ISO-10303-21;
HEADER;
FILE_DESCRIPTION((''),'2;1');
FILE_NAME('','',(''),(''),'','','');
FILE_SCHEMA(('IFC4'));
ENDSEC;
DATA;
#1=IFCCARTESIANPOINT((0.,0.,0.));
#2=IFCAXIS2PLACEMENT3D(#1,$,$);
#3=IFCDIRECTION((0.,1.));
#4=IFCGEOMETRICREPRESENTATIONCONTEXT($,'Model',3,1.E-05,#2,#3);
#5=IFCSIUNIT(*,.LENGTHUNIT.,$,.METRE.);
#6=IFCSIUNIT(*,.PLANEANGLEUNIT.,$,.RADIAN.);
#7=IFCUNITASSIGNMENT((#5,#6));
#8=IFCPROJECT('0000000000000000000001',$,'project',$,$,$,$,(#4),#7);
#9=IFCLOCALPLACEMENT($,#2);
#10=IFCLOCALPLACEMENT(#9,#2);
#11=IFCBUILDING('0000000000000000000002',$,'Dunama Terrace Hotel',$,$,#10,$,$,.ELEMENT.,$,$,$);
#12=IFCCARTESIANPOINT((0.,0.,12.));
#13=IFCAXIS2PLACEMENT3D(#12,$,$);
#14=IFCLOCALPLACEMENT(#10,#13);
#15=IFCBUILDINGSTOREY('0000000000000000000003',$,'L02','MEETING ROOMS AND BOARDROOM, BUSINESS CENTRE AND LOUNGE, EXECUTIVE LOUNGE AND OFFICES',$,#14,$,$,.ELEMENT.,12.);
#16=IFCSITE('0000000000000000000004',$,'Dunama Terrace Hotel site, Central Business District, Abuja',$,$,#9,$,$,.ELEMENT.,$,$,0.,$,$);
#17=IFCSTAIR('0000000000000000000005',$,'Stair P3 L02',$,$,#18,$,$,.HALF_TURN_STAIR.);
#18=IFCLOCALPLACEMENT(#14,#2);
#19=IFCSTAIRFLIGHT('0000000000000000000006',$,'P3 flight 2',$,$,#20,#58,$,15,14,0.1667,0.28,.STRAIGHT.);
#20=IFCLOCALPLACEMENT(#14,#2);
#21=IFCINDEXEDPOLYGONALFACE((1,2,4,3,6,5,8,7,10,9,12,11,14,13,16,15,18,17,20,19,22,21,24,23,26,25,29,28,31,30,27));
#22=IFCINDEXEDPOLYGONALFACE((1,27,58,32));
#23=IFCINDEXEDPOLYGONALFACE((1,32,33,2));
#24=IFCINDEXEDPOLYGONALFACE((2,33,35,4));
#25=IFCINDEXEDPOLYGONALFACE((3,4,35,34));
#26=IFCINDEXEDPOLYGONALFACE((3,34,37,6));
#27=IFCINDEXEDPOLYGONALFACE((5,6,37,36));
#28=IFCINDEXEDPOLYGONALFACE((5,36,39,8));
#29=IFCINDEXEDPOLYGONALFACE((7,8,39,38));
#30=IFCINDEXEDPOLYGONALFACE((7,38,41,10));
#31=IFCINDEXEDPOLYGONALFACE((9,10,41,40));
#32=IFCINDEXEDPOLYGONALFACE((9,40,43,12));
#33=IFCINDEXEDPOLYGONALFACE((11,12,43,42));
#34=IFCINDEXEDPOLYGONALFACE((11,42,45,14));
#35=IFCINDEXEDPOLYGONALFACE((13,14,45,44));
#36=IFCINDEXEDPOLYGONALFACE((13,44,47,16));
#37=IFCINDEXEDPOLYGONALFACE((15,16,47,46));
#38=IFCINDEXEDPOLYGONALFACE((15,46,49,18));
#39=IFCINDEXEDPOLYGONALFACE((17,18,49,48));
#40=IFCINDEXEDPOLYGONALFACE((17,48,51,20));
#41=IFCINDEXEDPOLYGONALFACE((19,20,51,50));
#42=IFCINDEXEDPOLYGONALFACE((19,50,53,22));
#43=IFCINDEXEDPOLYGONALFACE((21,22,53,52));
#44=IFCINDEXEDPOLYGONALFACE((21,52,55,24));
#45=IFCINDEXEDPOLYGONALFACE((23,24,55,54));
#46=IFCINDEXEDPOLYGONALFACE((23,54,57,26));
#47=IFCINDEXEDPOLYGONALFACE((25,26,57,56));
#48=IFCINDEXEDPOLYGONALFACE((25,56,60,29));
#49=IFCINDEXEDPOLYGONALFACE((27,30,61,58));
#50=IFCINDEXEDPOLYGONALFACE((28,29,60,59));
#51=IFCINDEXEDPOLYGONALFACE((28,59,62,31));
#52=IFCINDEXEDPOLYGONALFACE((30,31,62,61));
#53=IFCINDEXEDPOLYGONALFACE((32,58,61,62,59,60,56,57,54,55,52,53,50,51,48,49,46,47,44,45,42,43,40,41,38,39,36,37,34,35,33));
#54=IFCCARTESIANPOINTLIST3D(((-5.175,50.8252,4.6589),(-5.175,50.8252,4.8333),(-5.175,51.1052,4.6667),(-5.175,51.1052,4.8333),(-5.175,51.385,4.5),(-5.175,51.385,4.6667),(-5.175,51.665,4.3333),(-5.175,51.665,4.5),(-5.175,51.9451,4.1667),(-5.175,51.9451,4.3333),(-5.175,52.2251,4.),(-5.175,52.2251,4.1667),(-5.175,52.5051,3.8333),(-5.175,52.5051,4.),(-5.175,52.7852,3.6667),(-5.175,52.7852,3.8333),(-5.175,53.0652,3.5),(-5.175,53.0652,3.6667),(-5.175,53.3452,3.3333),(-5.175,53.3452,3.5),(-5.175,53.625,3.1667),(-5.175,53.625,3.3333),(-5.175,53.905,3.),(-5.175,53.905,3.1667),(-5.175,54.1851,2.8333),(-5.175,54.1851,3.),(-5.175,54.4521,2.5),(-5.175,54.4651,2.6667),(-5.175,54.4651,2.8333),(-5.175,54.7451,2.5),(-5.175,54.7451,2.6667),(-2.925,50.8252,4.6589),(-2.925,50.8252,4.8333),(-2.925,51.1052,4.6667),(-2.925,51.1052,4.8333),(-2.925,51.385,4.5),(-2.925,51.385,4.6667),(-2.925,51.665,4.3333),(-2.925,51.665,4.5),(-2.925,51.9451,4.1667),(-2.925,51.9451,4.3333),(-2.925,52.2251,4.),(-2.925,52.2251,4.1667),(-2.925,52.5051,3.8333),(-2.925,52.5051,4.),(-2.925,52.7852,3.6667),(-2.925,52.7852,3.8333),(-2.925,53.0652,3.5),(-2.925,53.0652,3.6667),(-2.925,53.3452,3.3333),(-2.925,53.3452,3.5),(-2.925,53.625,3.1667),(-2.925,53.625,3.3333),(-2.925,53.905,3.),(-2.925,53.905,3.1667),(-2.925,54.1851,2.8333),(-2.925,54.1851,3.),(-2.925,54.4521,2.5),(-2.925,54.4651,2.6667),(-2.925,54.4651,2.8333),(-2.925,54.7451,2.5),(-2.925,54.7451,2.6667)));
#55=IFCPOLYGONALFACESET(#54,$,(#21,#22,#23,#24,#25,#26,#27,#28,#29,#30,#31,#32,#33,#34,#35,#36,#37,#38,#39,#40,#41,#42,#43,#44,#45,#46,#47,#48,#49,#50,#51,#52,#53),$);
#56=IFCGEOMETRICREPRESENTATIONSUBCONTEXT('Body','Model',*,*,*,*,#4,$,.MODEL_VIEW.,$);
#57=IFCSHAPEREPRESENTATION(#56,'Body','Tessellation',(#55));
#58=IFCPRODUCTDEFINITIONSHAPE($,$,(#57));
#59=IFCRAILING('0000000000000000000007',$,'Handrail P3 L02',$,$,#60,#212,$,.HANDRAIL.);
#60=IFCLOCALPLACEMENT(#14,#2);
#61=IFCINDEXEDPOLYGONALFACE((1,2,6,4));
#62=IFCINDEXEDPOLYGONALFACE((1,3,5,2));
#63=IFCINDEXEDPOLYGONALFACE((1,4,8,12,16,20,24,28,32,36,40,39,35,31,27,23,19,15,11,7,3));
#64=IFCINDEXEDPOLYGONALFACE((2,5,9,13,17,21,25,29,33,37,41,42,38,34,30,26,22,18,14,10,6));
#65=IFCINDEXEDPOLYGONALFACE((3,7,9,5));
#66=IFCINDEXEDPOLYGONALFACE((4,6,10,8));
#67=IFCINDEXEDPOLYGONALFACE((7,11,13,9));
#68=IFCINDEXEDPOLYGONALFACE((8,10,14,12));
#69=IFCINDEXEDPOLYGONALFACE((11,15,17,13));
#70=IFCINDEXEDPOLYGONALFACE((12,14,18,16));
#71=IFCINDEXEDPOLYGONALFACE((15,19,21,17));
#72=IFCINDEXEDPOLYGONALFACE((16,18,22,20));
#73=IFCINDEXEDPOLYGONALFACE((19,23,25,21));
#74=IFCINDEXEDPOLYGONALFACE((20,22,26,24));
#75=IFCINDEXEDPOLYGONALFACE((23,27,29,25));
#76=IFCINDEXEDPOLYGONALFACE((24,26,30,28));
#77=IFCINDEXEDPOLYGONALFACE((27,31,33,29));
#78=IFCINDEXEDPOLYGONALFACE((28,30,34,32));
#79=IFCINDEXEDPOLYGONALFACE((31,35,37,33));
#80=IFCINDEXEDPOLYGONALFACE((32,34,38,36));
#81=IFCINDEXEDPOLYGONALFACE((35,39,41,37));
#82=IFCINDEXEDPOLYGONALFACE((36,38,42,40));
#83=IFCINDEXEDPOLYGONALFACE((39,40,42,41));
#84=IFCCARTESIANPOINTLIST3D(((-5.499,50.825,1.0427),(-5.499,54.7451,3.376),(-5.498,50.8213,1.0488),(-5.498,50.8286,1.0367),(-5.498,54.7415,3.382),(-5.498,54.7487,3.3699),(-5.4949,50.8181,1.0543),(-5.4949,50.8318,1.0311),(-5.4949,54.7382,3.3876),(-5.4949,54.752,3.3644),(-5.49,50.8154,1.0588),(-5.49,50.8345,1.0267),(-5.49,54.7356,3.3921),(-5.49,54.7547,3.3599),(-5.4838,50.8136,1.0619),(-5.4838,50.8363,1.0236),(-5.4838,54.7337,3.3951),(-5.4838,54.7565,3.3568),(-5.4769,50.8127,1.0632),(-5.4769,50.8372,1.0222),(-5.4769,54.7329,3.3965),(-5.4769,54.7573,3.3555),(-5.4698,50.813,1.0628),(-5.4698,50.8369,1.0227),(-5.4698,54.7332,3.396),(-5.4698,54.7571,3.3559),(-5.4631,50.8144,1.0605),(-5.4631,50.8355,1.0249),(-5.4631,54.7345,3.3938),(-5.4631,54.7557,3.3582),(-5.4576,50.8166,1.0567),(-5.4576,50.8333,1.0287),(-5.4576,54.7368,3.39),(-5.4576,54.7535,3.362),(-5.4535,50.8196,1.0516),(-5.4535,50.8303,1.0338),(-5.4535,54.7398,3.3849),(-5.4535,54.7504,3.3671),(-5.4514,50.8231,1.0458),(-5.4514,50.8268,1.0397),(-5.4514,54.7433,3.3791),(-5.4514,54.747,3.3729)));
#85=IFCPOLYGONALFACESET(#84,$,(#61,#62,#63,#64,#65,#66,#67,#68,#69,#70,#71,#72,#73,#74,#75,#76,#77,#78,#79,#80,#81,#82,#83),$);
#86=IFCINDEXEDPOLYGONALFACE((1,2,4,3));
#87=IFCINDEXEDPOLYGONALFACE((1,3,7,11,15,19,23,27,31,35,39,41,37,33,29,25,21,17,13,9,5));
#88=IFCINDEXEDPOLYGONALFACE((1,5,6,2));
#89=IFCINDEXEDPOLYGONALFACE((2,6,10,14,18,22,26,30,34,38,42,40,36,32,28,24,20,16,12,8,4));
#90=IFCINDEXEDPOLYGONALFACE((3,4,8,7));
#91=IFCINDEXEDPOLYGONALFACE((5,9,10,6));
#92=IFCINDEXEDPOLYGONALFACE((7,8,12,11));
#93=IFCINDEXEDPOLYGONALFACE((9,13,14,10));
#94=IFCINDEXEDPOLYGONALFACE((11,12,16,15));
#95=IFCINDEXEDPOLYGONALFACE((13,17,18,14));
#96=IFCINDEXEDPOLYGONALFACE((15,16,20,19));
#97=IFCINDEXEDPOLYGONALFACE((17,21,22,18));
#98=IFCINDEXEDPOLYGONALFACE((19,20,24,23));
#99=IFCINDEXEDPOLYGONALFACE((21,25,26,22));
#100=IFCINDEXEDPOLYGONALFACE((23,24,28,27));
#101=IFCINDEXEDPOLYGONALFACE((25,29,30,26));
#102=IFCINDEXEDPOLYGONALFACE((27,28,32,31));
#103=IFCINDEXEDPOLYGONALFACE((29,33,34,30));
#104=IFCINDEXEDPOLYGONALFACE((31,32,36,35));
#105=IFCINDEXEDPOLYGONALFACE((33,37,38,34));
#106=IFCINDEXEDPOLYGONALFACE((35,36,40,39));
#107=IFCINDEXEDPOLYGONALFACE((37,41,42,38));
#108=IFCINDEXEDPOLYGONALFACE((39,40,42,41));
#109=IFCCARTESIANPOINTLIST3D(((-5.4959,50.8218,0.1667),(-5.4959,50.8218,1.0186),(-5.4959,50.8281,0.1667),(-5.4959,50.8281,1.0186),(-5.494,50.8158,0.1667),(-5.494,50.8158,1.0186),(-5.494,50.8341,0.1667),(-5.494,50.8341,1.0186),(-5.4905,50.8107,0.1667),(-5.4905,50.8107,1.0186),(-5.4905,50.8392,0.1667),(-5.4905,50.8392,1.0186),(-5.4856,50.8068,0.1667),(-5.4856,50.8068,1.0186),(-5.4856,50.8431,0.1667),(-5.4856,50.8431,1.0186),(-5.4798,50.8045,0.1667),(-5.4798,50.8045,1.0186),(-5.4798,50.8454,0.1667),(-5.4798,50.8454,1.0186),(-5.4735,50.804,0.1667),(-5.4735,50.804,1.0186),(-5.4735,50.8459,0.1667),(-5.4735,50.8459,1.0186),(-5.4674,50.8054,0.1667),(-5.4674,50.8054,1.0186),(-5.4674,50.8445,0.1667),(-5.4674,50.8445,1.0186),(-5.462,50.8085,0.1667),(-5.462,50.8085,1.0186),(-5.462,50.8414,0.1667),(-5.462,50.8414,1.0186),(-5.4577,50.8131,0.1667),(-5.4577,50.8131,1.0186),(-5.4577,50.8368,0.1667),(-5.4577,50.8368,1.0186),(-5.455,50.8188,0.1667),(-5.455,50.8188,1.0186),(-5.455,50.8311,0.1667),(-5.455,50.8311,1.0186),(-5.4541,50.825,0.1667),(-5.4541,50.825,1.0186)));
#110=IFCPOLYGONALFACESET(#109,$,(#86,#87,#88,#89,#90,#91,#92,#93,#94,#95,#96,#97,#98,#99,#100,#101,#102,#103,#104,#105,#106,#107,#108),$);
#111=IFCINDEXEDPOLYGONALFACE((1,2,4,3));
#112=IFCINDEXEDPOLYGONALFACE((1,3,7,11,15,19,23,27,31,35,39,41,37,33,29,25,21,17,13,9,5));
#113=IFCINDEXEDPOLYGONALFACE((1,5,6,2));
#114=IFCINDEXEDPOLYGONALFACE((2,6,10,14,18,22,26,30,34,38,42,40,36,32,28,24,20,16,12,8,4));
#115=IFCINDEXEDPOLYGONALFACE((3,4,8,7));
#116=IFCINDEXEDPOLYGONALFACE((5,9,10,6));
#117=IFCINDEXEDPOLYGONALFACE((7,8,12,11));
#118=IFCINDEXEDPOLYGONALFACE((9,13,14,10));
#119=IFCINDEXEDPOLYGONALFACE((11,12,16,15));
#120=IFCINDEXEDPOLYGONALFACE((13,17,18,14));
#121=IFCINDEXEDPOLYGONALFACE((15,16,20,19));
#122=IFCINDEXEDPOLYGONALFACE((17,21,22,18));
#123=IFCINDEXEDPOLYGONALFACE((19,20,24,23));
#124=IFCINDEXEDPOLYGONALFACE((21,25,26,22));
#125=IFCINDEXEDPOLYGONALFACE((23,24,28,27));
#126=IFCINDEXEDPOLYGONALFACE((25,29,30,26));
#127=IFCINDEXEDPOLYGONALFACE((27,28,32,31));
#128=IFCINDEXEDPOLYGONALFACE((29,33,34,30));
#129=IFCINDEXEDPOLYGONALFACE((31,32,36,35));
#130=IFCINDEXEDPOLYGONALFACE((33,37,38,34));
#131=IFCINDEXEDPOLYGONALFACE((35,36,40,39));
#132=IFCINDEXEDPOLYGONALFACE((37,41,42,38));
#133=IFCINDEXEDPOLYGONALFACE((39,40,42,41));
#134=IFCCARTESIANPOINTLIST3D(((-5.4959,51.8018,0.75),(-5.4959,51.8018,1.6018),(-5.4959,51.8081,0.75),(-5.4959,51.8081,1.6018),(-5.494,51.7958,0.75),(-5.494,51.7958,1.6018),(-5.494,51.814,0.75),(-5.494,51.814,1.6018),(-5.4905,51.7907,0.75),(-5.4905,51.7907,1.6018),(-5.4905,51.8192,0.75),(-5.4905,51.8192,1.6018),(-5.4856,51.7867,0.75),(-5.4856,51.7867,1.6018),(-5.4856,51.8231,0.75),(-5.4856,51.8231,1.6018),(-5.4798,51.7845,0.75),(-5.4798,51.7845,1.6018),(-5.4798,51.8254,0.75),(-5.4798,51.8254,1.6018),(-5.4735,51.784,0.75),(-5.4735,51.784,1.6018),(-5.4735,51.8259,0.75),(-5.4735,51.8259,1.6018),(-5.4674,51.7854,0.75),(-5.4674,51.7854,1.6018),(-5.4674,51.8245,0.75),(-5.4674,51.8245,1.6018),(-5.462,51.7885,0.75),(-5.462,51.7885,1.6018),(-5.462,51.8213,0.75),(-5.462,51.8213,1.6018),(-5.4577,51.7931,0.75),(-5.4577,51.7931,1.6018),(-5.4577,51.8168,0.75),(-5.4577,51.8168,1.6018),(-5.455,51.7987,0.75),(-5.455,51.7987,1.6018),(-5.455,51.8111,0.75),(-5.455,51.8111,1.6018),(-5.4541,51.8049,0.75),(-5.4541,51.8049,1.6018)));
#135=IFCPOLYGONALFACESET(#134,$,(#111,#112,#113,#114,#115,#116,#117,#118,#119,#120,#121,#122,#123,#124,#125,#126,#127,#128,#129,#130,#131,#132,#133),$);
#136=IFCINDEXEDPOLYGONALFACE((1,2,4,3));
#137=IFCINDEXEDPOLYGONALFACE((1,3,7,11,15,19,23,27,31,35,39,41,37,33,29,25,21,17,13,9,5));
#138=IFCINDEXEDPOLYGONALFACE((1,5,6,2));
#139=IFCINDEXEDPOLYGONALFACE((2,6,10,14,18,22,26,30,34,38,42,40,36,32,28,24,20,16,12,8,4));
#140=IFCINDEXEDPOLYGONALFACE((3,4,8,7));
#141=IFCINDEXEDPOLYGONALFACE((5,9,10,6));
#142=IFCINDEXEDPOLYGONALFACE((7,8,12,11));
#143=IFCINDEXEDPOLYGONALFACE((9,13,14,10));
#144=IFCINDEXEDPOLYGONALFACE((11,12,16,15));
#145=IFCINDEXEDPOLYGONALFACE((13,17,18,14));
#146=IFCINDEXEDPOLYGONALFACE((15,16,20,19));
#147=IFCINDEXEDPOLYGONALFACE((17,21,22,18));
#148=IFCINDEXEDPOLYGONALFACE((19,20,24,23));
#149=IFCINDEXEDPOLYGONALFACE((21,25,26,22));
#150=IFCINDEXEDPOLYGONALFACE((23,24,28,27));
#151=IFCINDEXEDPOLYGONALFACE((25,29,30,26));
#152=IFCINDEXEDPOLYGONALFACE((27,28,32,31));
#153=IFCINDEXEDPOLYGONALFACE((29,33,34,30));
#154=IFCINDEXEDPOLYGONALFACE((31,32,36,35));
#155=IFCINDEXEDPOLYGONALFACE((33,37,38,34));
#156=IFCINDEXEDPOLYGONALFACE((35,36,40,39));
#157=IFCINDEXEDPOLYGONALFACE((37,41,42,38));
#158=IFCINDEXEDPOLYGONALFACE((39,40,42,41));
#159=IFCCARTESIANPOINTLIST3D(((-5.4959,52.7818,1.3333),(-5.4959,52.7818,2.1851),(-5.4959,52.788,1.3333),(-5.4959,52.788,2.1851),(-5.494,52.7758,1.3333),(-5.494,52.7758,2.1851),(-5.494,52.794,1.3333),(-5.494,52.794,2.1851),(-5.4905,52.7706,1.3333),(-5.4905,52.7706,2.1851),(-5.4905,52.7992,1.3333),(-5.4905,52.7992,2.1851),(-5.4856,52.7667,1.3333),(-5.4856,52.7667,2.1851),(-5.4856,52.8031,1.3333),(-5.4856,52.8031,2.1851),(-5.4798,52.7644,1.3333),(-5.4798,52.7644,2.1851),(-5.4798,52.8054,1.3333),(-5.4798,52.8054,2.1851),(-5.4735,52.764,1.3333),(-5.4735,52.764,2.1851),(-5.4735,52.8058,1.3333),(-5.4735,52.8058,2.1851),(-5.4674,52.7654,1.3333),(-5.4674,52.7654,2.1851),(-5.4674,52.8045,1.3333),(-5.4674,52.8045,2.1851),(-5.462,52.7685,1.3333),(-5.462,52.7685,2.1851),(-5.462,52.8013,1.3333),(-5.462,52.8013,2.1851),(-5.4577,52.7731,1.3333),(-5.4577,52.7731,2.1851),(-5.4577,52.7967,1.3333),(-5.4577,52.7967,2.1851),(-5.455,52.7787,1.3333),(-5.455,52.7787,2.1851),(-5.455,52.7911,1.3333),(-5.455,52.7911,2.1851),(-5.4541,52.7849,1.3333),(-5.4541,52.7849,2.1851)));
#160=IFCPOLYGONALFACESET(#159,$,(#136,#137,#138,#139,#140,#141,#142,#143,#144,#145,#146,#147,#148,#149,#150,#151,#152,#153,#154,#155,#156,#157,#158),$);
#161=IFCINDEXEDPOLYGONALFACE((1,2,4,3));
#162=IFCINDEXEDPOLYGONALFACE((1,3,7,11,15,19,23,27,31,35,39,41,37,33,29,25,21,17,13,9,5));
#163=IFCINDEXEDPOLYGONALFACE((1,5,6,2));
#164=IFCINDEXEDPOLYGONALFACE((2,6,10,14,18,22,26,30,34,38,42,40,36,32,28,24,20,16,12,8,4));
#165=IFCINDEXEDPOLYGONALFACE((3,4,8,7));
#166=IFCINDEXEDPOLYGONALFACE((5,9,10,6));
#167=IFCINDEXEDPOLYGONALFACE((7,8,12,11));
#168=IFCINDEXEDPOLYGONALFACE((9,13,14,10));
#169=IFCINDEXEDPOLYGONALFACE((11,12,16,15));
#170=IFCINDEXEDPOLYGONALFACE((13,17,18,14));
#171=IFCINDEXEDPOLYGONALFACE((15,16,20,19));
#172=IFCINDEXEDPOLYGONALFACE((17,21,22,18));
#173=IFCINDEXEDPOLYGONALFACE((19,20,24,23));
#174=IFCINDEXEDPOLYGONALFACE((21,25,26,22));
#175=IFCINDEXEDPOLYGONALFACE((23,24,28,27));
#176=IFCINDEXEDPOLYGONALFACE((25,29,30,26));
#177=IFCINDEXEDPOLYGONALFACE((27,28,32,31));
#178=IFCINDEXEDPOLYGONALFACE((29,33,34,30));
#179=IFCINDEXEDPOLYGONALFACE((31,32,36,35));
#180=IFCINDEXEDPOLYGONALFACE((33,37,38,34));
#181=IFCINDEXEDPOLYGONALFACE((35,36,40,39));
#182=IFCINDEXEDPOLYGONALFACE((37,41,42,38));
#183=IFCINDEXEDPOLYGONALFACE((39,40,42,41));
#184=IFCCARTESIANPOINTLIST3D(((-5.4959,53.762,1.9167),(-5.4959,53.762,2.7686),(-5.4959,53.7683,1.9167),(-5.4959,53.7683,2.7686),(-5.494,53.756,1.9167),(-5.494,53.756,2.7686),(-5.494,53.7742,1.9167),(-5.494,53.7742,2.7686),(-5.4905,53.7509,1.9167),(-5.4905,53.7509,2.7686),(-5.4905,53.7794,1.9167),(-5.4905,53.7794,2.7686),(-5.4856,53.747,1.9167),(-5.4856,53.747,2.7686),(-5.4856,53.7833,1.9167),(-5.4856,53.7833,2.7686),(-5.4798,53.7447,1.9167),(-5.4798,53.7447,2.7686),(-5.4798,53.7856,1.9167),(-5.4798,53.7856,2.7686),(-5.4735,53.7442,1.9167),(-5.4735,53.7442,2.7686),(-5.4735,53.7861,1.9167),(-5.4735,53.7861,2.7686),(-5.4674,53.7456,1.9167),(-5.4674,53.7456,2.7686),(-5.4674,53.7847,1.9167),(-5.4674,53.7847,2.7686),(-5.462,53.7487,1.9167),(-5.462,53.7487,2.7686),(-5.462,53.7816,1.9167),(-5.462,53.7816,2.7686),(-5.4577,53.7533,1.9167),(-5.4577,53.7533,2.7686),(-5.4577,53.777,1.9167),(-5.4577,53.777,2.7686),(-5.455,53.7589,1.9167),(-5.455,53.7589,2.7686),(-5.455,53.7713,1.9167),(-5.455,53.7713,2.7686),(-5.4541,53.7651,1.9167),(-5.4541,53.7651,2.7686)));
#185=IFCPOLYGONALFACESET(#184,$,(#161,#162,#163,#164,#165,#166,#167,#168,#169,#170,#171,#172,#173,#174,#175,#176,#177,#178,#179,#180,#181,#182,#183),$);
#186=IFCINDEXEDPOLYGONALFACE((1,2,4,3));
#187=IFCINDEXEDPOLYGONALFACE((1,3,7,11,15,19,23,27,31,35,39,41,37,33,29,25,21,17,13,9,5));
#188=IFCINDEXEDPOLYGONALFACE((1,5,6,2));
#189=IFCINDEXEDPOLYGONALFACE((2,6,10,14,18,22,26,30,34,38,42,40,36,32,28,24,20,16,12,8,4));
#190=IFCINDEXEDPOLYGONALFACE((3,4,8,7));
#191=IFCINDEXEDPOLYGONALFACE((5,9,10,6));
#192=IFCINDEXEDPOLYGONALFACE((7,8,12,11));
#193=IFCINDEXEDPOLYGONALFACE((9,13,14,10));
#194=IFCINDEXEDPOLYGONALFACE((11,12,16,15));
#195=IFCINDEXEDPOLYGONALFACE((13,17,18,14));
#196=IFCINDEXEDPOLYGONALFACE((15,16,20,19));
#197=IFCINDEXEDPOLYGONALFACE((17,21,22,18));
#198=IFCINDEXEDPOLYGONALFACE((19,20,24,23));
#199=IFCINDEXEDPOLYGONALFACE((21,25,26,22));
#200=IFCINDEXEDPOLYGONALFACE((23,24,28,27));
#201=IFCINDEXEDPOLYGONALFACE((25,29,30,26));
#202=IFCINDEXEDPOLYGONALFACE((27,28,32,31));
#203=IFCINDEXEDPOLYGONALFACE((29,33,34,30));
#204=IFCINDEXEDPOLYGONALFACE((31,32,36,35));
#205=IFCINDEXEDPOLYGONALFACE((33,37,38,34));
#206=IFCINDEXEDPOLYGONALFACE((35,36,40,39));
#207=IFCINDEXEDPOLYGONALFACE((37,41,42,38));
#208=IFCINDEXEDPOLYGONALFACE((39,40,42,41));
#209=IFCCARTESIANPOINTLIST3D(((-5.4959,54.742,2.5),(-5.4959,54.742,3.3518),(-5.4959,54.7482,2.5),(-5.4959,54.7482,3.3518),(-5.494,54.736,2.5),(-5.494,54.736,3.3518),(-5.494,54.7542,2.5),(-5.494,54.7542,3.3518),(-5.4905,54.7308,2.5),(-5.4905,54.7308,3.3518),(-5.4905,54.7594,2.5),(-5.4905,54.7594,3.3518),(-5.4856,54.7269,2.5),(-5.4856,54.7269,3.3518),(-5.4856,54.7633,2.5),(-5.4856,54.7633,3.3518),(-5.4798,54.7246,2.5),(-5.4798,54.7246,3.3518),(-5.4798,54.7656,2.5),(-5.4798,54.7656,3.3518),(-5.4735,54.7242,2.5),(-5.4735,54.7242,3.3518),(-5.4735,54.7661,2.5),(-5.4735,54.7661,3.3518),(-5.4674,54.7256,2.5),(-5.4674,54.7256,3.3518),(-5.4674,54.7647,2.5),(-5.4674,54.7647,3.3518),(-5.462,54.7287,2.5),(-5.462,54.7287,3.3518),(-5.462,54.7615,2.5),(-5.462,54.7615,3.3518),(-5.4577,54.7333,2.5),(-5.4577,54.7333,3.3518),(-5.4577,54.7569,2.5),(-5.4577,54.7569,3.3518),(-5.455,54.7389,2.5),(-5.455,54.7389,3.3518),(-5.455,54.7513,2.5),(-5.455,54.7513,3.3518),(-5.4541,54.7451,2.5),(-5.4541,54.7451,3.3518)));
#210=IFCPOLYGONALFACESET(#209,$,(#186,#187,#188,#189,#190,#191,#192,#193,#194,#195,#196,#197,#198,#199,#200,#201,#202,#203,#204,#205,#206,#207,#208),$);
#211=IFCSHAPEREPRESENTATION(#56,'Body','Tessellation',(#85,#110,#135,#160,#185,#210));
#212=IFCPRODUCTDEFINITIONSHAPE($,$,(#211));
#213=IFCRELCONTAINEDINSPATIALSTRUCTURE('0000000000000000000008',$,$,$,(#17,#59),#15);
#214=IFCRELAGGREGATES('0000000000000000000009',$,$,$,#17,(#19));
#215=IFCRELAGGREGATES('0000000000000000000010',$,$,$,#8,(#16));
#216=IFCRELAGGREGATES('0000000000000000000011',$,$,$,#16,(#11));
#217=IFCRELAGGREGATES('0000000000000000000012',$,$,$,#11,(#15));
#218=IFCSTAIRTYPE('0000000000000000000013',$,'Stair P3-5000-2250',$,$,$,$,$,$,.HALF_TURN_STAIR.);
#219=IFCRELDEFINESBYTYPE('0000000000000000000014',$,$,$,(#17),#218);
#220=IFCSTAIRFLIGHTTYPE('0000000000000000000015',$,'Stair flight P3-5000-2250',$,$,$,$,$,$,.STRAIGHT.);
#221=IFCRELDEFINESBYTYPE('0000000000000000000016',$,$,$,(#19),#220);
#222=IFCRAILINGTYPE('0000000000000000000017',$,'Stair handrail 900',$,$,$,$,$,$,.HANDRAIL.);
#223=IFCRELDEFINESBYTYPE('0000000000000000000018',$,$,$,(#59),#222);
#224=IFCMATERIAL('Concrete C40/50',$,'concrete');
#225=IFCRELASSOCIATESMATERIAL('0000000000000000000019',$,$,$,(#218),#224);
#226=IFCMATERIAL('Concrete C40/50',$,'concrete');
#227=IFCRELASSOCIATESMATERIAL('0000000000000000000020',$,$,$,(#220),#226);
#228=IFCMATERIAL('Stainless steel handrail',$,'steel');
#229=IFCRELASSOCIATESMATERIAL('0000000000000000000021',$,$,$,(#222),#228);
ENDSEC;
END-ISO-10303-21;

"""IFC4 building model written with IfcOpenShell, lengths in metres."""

from ifc_helpers import new_model, si_unit, direction, frame, origin, origin_2d, place, context, subcontext, project, spatial, polyline, circle, outline, extrude, material, type_object, element, aggregate, save


model = new_model("IFC4")

# Units and contexts
model_context = context("Model", 3, precision=1e-05, world=origin(), true_north=direction((0.0, 1.0)))
body_context = subcontext(model_context, "Body", "Model", "MODEL_VIEW")
ifc_project = project(units=[si_unit("LENGTHUNIT", "METRE"), si_unit("PLANEANGLEUNIT", "RADIAN")], contexts=[model_context])

# Site, building, storey
site_placement = place(None, origin())
site = spatial("IfcSite", under=ifc_project, at=site_placement, Name="Dunama Terrace Hotel site, Central Business District, Abuja", CompositionType="ELEMENT", RefElevation=0.0)
building_placement = place(site_placement, origin())
building = spatial("IfcBuilding", under=site, at=building_placement, Name="Dunama Terrace Hotel", CompositionType="ELEMENT")
storey_placement = place(building_placement, frame((0.0, 0.0, 12.0)))
storey = spatial("IfcBuildingStorey", under=building, at=storey_placement, Name="L02", Description="MEETING ROOMS AND BOARDROOM, BUSINESS CENTRE AND LOUNGE, EXECUTIVE LOUNGE AND OFFICES", CompositionType="ELEMENT", Elevation=12.0)

# Stair, stair flight
ifc_material_1 = material(Name="Concrete C40/50", Category="concrete")
stair_type = type_object("IfcStairType", Name="Stair P3-5000-2250", PredefinedType="HALF_TURN_STAIR", material=ifc_material_1)
stair_placement = place(storey_placement, origin())
stair = element("IfcStair", 1, at=stair_placement, inside=storey, type_object=stair_type, Name="Stair P3 L02", PredefinedType="HALF_TURN_STAIR")
ifc_material_2 = material(Name="Concrete C40/50", Category="concrete")
stair_flight_type = type_object("IfcStairFlightType", Name="Stair flight P3-5000-2250", PredefinedType="STRAIGHT", material=ifc_material_2)
stair_flight_1_placement = place(storey_placement, frame((-4.05, 54.7451, 2.5), z_axis=(0.0, 0.0, 1.0), x_axis=(0.0, -1.0, 0.0)))
stair_flight_1 = element("IfcStairFlight", 2, at=stair_flight_1_placement, type_object=stair_flight_type, Name="P3 flight 2", NumberOfRisers=15, NumberOfTreads=14, PredefinedType="STRAIGHT", RiserHeight=0.1667, TreadLength=0.28, context=body_context, shape_type="SweptSolid", body=[
    extrude(outline(polyline([(0.0, 0.0), (0.0, 0.1667), (0.28, 0.1667), (0.28, 0.3333), (0.5601, 0.3333), (0.5601, 0.5), (0.8401, 0.5), (0.8401, 0.6667), (1.1201, 0.6667), (1.1201, 0.8333), (1.3999, 0.8333), (1.3999, 1.0), (1.6799, 1.0), (1.6799, 1.1667), (1.96, 1.1667), (1.96, 1.3333), (2.24, 1.3333), (2.24, 1.5), (2.52, 1.5), (2.52, 1.6667), (2.8, 1.6667), (2.8, 1.8333), (3.0801, 1.8333), (3.0801, 2.0), (3.3601, 2.0), (3.3601, 2.1667), (3.6399, 2.1667), (3.6399, 2.3333), (3.9199, 2.3333), (3.9199, 2.5), (3.9199, 2.1589), (0.293, 0.0), (0.0, 0.0)])), frame((0.0, 1.125, 0.0), z_axis=(0.0, -1.0, 0.0), x_axis=(1.0, 0.0, 0.0)), (0.0, 0.0, 1.0), 2.25),
])
aggregate(stair, [stair_flight_1])

# Railing
ifc_material_3 = material(Name="Stainless steel handrail", Category="steel")
railing_type_1 = type_object("IfcRailingType", Name="Stair handrail 900", PredefinedType="HANDRAIL", material=ifc_material_3)
railing_1_placement = place(storey_placement, frame((-5.4751, 50.825, 0.1667)))
element("IfcRailing", 3, at=railing_1_placement, inside=storey, type_object=railing_type_1, Name="Handrail P3 L02", PredefinedType="HANDRAIL", context=body_context, shape_type="SweptSolid", body=[
    extrude(circle(Radius=0.0239, at=origin_2d()), frame((0.0, 0.0, 0.876), z_axis=(0.0, 0.85931, 0.511455), x_axis=(-1.0, 0.0, 0.0)), (0.0, 0.0, 1.0), 4.562),
    extrude(circle(Radius=0.021, at=origin_2d()), origin(), (0.0, 0.0, 1.0), 0.8518),
    extrude(circle(Radius=0.021, at=origin_2d()), frame((0.0, 0.98, 0.5833)), (0.0, 0.0, 1.0), 0.8518),
    extrude(circle(Radius=0.021, at=origin_2d()), frame((0.0, 1.96, 1.1665)), (0.0, 0.0, 1.0), 0.8518),
    extrude(circle(Radius=0.021, at=origin_2d()), frame((0.0, 2.9402, 1.75)), (0.0, 0.0, 1.0), 0.8518),
    extrude(circle(Radius=0.021, at=origin_2d()), frame((0.0, 3.9202, 2.3333)), (0.0, 0.0, 1.0), 0.8518),
])

save(model, "model.ifc")
